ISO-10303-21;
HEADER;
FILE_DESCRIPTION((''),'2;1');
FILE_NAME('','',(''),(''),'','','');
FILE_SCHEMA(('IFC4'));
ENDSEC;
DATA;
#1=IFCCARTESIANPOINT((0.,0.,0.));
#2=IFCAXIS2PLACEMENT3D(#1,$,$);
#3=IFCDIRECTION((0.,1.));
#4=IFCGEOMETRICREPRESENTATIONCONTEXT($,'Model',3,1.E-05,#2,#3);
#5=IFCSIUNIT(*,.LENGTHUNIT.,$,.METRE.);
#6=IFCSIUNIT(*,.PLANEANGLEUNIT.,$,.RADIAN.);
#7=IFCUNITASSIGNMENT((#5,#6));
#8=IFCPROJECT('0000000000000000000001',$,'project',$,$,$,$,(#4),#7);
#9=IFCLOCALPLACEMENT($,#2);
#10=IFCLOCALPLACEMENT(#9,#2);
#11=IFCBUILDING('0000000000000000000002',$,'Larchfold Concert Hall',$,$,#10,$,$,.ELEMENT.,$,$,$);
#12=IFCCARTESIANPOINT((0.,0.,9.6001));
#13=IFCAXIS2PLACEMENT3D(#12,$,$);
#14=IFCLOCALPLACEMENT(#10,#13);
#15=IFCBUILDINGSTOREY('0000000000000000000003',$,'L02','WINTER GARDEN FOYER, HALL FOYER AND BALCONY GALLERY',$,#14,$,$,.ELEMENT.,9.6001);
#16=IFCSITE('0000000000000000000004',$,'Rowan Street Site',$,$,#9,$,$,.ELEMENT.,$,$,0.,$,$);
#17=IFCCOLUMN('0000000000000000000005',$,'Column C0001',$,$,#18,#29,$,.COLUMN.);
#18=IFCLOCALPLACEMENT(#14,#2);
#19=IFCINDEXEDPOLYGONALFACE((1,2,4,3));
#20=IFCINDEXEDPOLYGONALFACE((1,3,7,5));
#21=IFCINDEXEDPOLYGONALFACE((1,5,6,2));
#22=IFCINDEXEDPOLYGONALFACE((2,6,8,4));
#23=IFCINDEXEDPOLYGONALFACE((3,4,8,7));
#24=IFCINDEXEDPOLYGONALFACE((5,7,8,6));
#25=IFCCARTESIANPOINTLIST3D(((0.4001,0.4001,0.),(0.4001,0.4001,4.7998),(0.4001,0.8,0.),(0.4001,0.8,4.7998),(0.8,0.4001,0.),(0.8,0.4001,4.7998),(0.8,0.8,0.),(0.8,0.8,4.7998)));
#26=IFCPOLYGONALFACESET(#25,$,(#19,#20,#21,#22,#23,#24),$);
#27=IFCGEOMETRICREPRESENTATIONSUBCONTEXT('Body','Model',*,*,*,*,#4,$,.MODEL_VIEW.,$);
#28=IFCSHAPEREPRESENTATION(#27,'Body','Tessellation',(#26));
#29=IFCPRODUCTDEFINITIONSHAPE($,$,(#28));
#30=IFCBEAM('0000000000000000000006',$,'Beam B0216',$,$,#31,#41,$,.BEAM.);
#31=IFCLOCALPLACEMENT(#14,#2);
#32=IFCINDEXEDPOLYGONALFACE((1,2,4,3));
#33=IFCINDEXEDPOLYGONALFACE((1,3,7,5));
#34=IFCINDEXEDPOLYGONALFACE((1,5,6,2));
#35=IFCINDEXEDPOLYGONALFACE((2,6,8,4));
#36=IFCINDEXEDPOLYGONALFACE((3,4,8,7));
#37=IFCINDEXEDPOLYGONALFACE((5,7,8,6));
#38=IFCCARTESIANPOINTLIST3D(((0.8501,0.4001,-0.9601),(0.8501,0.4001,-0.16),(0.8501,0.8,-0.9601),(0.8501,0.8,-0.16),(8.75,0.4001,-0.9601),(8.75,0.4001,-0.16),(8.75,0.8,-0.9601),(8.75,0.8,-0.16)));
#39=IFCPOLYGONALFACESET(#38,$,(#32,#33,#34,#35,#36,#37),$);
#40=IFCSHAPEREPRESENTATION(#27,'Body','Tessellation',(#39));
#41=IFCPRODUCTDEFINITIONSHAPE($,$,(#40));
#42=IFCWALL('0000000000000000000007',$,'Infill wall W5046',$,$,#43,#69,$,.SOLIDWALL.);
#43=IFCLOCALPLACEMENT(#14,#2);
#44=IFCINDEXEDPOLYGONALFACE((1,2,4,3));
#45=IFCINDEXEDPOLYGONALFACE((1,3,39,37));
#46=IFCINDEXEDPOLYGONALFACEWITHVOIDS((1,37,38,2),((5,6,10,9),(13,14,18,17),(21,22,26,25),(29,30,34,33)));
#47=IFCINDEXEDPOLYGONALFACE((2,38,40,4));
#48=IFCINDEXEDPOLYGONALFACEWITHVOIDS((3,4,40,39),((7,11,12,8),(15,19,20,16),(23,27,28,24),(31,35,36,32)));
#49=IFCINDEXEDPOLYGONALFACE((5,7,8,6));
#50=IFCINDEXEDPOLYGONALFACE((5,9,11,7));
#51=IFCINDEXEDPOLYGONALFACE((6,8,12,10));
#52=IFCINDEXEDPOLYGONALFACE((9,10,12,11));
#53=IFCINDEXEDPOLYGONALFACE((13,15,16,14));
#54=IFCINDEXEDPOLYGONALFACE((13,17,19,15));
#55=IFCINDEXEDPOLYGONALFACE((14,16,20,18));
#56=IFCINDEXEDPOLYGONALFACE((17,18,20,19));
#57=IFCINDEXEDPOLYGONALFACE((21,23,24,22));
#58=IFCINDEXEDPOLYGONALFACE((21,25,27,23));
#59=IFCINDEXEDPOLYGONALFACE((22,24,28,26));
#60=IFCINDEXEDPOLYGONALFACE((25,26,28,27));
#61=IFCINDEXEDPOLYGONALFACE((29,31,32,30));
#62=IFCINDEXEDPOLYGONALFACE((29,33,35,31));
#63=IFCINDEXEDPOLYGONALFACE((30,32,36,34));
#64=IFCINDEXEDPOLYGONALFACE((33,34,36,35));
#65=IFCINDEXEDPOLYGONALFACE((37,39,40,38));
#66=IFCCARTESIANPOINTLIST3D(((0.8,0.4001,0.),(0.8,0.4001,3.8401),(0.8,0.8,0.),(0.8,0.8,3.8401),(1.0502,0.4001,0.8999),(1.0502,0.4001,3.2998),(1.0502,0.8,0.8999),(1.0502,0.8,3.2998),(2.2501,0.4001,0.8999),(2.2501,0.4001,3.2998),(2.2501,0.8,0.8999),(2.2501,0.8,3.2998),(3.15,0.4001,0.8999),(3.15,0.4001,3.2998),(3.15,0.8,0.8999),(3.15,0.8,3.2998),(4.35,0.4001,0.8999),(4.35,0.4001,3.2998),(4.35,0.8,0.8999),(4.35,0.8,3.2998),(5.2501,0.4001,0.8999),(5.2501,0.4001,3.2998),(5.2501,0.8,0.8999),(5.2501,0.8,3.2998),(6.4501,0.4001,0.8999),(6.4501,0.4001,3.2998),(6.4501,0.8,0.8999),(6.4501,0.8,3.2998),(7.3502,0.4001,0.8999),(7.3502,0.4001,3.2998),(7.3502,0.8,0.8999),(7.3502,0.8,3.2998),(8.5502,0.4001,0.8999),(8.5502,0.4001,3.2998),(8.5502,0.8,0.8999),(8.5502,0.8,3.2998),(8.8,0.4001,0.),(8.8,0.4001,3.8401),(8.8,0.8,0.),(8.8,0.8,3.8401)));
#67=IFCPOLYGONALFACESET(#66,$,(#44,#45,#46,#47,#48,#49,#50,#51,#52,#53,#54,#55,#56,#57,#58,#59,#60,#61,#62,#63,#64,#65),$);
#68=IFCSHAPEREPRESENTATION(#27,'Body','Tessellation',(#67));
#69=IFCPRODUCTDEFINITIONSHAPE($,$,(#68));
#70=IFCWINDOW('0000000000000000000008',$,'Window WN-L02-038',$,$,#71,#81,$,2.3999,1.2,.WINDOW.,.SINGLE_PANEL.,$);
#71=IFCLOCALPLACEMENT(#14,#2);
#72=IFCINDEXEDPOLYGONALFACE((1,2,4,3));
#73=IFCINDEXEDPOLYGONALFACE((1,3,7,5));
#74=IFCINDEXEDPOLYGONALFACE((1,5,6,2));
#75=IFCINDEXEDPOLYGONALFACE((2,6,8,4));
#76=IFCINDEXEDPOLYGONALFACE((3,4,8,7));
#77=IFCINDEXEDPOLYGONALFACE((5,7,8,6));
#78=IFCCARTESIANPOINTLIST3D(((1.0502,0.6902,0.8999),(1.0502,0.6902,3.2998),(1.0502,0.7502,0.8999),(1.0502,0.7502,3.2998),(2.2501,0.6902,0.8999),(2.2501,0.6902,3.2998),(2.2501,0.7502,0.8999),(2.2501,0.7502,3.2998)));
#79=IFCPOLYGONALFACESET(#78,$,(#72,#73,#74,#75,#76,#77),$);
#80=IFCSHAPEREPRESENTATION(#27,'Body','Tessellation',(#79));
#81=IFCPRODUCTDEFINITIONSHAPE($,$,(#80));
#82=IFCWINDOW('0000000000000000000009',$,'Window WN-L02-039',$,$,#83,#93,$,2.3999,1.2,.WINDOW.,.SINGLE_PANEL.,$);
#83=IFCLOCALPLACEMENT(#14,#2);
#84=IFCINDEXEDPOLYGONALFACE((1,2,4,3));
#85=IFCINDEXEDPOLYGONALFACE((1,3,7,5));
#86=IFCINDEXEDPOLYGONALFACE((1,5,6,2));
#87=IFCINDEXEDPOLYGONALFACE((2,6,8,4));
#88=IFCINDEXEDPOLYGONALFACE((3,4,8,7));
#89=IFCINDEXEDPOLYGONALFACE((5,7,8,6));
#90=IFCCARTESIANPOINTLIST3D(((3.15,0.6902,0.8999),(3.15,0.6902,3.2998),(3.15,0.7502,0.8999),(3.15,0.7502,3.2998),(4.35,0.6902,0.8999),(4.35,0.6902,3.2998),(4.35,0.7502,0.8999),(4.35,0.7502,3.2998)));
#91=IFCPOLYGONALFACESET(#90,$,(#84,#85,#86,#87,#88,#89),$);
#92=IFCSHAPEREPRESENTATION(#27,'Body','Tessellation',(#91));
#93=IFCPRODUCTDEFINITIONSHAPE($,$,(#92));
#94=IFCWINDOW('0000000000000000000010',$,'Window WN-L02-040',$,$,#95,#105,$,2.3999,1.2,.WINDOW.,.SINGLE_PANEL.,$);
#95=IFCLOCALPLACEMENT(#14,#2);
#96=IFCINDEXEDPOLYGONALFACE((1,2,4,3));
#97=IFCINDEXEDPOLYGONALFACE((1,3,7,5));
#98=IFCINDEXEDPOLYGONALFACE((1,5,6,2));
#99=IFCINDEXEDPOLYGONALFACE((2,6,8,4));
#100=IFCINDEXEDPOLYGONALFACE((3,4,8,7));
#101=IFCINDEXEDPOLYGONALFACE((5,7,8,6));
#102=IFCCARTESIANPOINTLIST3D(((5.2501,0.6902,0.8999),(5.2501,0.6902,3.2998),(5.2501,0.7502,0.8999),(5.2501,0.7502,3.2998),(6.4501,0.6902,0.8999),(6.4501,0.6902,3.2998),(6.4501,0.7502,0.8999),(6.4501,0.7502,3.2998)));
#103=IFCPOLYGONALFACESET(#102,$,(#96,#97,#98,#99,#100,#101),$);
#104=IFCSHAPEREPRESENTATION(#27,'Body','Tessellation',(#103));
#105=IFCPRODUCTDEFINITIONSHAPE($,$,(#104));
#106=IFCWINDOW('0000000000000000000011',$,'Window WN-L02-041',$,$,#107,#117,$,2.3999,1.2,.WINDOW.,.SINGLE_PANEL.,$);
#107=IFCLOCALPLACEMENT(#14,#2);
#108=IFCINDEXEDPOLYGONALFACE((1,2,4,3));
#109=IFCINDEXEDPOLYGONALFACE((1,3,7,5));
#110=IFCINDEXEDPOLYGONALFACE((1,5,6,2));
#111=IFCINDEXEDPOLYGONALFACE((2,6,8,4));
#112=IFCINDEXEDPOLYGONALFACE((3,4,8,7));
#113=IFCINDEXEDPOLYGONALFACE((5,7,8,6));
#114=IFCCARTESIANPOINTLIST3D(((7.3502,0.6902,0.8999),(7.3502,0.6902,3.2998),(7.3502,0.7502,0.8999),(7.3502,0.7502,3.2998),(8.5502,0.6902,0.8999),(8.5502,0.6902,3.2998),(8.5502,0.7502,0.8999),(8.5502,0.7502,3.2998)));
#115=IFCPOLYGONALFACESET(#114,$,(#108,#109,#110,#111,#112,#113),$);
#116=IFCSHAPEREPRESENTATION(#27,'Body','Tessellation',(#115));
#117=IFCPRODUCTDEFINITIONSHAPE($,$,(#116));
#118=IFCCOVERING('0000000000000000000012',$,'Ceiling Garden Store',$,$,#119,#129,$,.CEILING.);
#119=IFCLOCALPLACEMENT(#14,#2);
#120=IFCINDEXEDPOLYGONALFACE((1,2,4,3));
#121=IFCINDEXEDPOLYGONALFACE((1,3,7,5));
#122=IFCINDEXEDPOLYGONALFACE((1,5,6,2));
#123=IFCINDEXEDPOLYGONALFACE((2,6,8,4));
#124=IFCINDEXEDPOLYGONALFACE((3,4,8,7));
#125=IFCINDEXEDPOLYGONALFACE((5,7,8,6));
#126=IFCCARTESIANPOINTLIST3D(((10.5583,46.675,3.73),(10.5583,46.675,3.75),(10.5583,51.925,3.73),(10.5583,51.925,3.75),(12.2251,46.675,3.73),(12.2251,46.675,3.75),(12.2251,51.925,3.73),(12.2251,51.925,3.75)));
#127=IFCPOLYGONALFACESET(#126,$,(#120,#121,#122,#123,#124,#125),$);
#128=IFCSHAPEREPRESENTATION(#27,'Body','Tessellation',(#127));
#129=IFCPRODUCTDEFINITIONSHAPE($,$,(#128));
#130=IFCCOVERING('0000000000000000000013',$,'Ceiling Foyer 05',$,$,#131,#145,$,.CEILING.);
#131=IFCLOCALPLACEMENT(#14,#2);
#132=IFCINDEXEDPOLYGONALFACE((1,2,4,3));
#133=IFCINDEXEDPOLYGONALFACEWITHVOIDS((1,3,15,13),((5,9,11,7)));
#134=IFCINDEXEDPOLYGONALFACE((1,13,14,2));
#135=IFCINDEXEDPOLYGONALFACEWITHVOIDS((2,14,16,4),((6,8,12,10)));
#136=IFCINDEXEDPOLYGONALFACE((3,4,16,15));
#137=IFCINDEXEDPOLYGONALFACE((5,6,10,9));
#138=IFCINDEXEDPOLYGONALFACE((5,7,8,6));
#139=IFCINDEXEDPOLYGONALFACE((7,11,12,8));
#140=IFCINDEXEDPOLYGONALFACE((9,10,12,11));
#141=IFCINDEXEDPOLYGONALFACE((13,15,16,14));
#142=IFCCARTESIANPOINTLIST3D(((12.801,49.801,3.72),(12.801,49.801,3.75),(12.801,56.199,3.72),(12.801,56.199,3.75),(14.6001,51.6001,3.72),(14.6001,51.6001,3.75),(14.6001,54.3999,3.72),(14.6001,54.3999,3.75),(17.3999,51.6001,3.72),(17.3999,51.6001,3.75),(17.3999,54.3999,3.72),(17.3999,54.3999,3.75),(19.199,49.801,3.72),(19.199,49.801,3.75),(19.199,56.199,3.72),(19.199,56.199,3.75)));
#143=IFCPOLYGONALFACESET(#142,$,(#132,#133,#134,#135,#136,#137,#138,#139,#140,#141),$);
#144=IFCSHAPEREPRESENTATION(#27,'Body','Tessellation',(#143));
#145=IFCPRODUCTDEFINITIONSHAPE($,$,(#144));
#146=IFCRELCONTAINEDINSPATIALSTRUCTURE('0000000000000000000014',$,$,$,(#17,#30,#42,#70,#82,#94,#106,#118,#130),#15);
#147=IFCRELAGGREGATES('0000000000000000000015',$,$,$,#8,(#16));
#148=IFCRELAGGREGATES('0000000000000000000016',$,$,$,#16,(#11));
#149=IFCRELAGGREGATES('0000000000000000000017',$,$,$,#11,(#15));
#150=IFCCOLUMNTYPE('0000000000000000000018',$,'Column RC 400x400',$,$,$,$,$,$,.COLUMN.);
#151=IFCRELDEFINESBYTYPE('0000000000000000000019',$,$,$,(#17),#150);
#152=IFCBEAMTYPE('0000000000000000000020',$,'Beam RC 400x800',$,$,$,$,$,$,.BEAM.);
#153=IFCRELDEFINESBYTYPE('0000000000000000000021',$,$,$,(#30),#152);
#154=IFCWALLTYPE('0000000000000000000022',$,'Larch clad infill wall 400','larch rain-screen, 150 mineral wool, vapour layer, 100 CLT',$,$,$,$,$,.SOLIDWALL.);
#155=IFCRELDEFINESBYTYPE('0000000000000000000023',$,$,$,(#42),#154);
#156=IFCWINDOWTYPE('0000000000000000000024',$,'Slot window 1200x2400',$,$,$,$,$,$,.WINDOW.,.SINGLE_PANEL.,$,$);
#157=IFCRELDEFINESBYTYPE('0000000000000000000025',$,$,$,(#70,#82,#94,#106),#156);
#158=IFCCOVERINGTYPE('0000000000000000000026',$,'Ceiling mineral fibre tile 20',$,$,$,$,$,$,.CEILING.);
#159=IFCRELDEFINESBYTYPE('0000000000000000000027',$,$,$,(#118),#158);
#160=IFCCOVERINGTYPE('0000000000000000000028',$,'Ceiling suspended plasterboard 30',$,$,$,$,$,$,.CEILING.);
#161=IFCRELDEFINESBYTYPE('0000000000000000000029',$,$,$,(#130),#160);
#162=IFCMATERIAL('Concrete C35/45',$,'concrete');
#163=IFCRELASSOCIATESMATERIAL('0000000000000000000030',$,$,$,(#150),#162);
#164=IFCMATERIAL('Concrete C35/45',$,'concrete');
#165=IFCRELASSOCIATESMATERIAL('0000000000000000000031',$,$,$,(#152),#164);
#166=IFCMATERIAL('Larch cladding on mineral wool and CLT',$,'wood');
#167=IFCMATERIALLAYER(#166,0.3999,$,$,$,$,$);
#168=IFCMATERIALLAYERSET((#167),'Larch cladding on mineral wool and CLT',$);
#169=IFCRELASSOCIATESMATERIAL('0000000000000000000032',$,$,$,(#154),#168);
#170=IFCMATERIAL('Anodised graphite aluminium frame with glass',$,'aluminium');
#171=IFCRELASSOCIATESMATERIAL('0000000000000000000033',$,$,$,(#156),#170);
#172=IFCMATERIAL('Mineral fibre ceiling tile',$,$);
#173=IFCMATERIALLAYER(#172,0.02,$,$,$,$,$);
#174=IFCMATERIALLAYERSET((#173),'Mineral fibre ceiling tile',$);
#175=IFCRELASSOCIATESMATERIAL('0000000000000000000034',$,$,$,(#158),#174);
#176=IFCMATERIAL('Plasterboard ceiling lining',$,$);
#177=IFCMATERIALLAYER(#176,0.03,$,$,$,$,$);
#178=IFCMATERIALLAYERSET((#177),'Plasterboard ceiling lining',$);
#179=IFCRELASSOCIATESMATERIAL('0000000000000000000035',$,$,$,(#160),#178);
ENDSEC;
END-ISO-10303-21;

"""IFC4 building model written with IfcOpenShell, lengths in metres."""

from ifc_helpers import new_model, si_unit, direction, frame, frame_2d, origin, origin_2d, place, context, subcontext, project, spatial, polyline, rectangle, outline, extrude, material, layer, layer_set, material_profile, profile_set, type_object, element, fill, save


model = new_model("IFC4")

# Units and contexts
model_context = context("Model", 3, precision=1e-05, world=origin(), true_north=direction((0.0, 1.0)))
body_context = subcontext(model_context, "Body", "Model", "MODEL_VIEW")
ifc_project = project(units=[si_unit("LENGTHUNIT", "METRE"), si_unit("PLANEANGLEUNIT", "RADIAN")], contexts=[model_context])

# Site, building, storey
site_placement = place(None, origin())
site = spatial("IfcSite", under=ifc_project, at=site_placement, Name="Rowan Street Site", CompositionType="ELEMENT", RefElevation=0.0)
building_placement = place(site_placement, origin())
building = spatial("IfcBuilding", under=site, at=building_placement, Name="Larchfold Concert Hall", CompositionType="ELEMENT")
storey_placement = place(building_placement, frame((0.0, 0.0, 9.6001)))
storey = spatial("IfcBuildingStorey", under=building, at=storey_placement, Name="L02", Description="WINTER GARDEN FOYER, HALL FOYER AND BALCONY GALLERY", CompositionType="ELEMENT", Elevation=9.6001)

# Column
ifc_material_1 = material(Name="Concrete C35/45", Category="concrete")
ifc_material_profile_1 = material_profile(ifc_material_1, rectangle(XDim=0.3999, YDim=0.3999, at=origin_2d()))
ifc_profile_set_1 = profile_set([ifc_material_profile_1], Name="Concrete C35/45")
column_type = type_object("IfcColumnType", Name="Column RC 400x400", PredefinedType="COLUMN", material=ifc_profile_set_1)
column_placement = place(storey_placement, frame((0.6001, 0.6001, 0.0), z_axis=(0.0, 0.0, 1.0), x_axis=(1.0, 0.0, 0.0)))
element("IfcColumn", 1, at=column_placement, inside=storey, type_object=column_type, Name="Column C0001", PredefinedType="COLUMN", context=body_context, shape_type="SweptSolid", body=[
    extrude(rectangle(XDim=0.3999, YDim=0.3999, at=origin_2d()), origin(), (0.0, 0.0, 1.0), 4.7998),
])

# Beam
ifc_material_2 = material(Name="Concrete C35/45", Category="concrete")
ifc_material_profile_2 = material_profile(ifc_material_2, rectangle(XDim=0.3999, YDim=0.8, at=origin_2d()))
ifc_profile_set_2 = profile_set([ifc_material_profile_2], Name="Concrete C35/45")
beam_type = type_object("IfcBeamType", Name="Beam RC 400x800", PredefinedType="BEAM", material=ifc_profile_set_2)
beam_placement = place(storey_placement, frame((0.8501, 0.6001, -0.5601), z_axis=(1.0, 0.0, 0.0), x_axis=(0.0, 1.0, 0.0)))
element("IfcBeam", 2, at=beam_placement, inside=storey, type_object=beam_type, Name="Beam B0216", PredefinedType="BEAM", context=body_context, shape_type="SweptSolid", body=[
    extrude(rectangle(XDim=0.3999, YDim=0.8, at=origin_2d()), origin(), (0.0, 0.0, 1.0), 7.8999),
])

# Wall, openings, windows
ifc_material_3 = material(Name="Larch cladding on mineral wool and CLT", Category="wood")
ifc_layer_1 = layer(ifc_material_3, 0.3999)
ifc_layer_set_1 = layer_set([ifc_layer_1], Name="Larch cladding on mineral wool and CLT")
wall_type = type_object("IfcWallType", Name="Larch clad infill wall 400", Description="larch rain-screen, 150 mineral wool, vapour layer, 100 CLT", PredefinedType="SOLIDWALL", material=ifc_layer_set_1)
wall_placement = place(storey_placement, frame((0.8, 0.6001, 0.0), z_axis=(0.0, 0.0, 1.0), x_axis=(1.0, 0.0, 0.0)))
wall = element("IfcWall", 3, at=wall_placement, inside=storey, type_object=wall_type, Name="Infill wall W5046", PredefinedType="SOLIDWALL", context=body_context, shape_type="SweptSolid", body=[
    extrude(rectangle(XDim=8.0, YDim=0.3999, at=frame_2d((4.0, 0.0))), origin(), (0.0, 0.0, 1.0), 3.8401),
])
opening_1_placement = place(wall_placement, frame((0.25, 0.0, 0.8999)))
opening_1 = element("IfcOpeningElement", 4, at=opening_1_placement, cuts=wall, PredefinedType="OPENING", context=body_context, shape_type="SweptSolid", body=[
    extrude(rectangle(XDim=1.2, YDim=2.3999, at=frame_2d((0.6001, 1.2))), frame((0.0, 0.21, 0.0), z_axis=(0.0, -1.0, 0.0), x_axis=(1.0, 0.0, 0.0)), (0.0, 0.0, 1.0), 0.4199),
])
opening_2_placement = place(wall_placement, frame((2.3499, 0.0, 0.8999)))
opening_2 = element("IfcOpeningElement", 5, at=opening_2_placement, cuts=wall, PredefinedType="OPENING", context=body_context, shape_type="SweptSolid", body=[
    extrude(rectangle(XDim=1.2, YDim=2.3999, at=frame_2d((0.6001, 1.2))), frame((0.0, 0.21, 0.0), z_axis=(0.0, -1.0, 0.0), x_axis=(1.0, 0.0, 0.0)), (0.0, 0.0, 1.0), 0.4199),
])
opening_3_placement = place(wall_placement, frame((4.45, 0.0, 0.8999)))
opening_3 = element("IfcOpeningElement", 6, at=opening_3_placement, cuts=wall, PredefinedType="OPENING", context=body_context, shape_type="SweptSolid", body=[
    extrude(rectangle(XDim=1.2, YDim=2.3999, at=frame_2d((0.6001, 1.2))), frame((0.0, 0.21, 0.0), z_axis=(0.0, -1.0, 0.0), x_axis=(1.0, 0.0, 0.0)), (0.0, 0.0, 1.0), 0.4199),
])
opening_4_placement = place(wall_placement, frame((6.55, 0.0, 0.8999)))
opening_4 = element("IfcOpeningElement", 7, at=opening_4_placement, cuts=wall, PredefinedType="OPENING", context=body_context, shape_type="SweptSolid", body=[
    extrude(rectangle(XDim=1.2, YDim=2.3999, at=frame_2d((0.6001, 1.2))), frame((0.0, 0.21, 0.0), z_axis=(0.0, -1.0, 0.0), x_axis=(1.0, 0.0, 0.0)), (0.0, 0.0, 1.0), 0.4199),
])
ifc_material_4 = material(Name="Anodised graphite aluminium frame with glass", Category="aluminium")
window_type = type_object("IfcWindowType", Name="Slot window 1200x2400", PartitioningType="SINGLE_PANEL", PredefinedType="WINDOW", material=ifc_material_4)
window_1_placement = place(opening_1_placement, origin())
window_1 = element("IfcWindow", 8, at=window_1_placement, inside=storey, type_object=window_type, Name="Window WN-L02-038", OverallHeight=2.3999, OverallWidth=1.2, PartitioningType="SINGLE_PANEL", PredefinedType="WINDOW", context=body_context, shape_type="SweptSolid", body=[
    extrude(rectangle(XDim=1.2, YDim=2.3999, at=frame_2d((0.6001, 1.2))), frame((0.0, 0.1501, 0.0), z_axis=(0.0, -1.0, 0.0), x_axis=(1.0, 0.0, 0.0)), (0.0, 0.0, 1.0), 0.0601),
])
fill(opening_1, window_1)
window_2_placement = place(opening_2_placement, origin())
window_2 = element("IfcWindow", 9, at=window_2_placement, inside=storey, type_object=window_type, Name="Window WN-L02-039", OverallHeight=2.3999, OverallWidth=1.2, PartitioningType="SINGLE_PANEL", PredefinedType="WINDOW", context=body_context, shape_type="SweptSolid", body=[
    extrude(rectangle(XDim=1.2, YDim=2.3999, at=frame_2d((0.6001, 1.2))), frame((0.0, 0.1501, 0.0), z_axis=(0.0, -1.0, 0.0), x_axis=(1.0, 0.0, 0.0)), (0.0, 0.0, 1.0), 0.0601),
])
fill(opening_2, window_2)
window_3_placement = place(opening_3_placement, origin())
window_3 = element("IfcWindow", 10, at=window_3_placement, inside=storey, type_object=window_type, Name="Window WN-L02-040", OverallHeight=2.3999, OverallWidth=1.2, PartitioningType="SINGLE_PANEL", PredefinedType="WINDOW", context=body_context, shape_type="SweptSolid", body=[
    extrude(rectangle(XDim=1.2, YDim=2.3999, at=frame_2d((0.6001, 1.2))), frame((0.0, 0.1501, 0.0), z_axis=(0.0, -1.0, 0.0), x_axis=(1.0, 0.0, 0.0)), (0.0, 0.0, 1.0), 0.0601),
])
fill(opening_3, window_3)
window_4_placement = place(opening_4_placement, origin())
window_4 = element("IfcWindow", 11, at=window_4_placement, inside=storey, type_object=window_type, Name="Window WN-L02-041", OverallHeight=2.3999, OverallWidth=1.2, PartitioningType="SINGLE_PANEL", PredefinedType="WINDOW", context=body_context, shape_type="SweptSolid", body=[
    extrude(rectangle(XDim=1.2, YDim=2.3999, at=frame_2d((0.6001, 1.2))), frame((0.0, 0.1501, 0.0), z_axis=(0.0, -1.0, 0.0), x_axis=(1.0, 0.0, 0.0)), (0.0, 0.0, 1.0), 0.0601),
])
fill(opening_4, window_4)

# Coverings
ifc_material_5 = material(Name="Mineral fibre ceiling tile")
ifc_layer_2 = layer(ifc_material_5, 0.02)
ifc_layer_set_2 = layer_set([ifc_layer_2], Name="Mineral fibre ceiling tile")
covering_type_1 = type_object("IfcCoveringType", Name="Ceiling mineral fibre tile 20", PredefinedType="CEILING", material=ifc_layer_set_2)
covering_1_placement = place(storey_placement, frame((0.0, 0.0, 3.73)))
element("IfcCovering", 12, at=covering_1_placement, inside=storey, type_object=covering_type_1, Name="Ceiling Garden Store", PredefinedType="CEILING", context=body_context, shape_type="SweptSolid", body=[
    extrude(outline(polyline([(10.5583, 51.925), (10.5583, 46.675), (12.2251, 46.675), (12.2251, 51.925), (10.5583, 51.925)])), origin(), (0.0, 0.0, 1.0), 0.02),
])
ifc_material_6 = material(Name="Plasterboard ceiling lining")
ifc_layer_3 = layer(ifc_material_6, 0.03)
ifc_layer_set_3 = layer_set([ifc_layer_3], Name="Plasterboard ceiling lining")
covering_type_2 = type_object("IfcCoveringType", Name="Ceiling suspended plasterboard 30", PredefinedType="CEILING", material=ifc_layer_set_3)
covering_2_placement = place(storey_placement, frame((0.0, 0.0, 3.72)))
element("IfcCovering", 13, at=covering_2_placement, inside=storey, type_object=covering_type_2, Name="Ceiling Foyer 05", PredefinedType="CEILING", context=body_context, shape_type="SweptSolid", body=[
    extrude(outline(polyline([(12.801, 49.801), (19.199, 49.801), (19.199, 56.199), (12.801, 56.199), (12.801, 49.801)]), holes=[polyline([(14.6001, 54.3999), (17.3999, 54.3999), (17.3999, 51.6001), (14.6001, 51.6001), (14.6001, 54.3999)])]), origin(), (0.0, 0.0, 1.0), 0.03),
])

save(model, "model.ifc")
